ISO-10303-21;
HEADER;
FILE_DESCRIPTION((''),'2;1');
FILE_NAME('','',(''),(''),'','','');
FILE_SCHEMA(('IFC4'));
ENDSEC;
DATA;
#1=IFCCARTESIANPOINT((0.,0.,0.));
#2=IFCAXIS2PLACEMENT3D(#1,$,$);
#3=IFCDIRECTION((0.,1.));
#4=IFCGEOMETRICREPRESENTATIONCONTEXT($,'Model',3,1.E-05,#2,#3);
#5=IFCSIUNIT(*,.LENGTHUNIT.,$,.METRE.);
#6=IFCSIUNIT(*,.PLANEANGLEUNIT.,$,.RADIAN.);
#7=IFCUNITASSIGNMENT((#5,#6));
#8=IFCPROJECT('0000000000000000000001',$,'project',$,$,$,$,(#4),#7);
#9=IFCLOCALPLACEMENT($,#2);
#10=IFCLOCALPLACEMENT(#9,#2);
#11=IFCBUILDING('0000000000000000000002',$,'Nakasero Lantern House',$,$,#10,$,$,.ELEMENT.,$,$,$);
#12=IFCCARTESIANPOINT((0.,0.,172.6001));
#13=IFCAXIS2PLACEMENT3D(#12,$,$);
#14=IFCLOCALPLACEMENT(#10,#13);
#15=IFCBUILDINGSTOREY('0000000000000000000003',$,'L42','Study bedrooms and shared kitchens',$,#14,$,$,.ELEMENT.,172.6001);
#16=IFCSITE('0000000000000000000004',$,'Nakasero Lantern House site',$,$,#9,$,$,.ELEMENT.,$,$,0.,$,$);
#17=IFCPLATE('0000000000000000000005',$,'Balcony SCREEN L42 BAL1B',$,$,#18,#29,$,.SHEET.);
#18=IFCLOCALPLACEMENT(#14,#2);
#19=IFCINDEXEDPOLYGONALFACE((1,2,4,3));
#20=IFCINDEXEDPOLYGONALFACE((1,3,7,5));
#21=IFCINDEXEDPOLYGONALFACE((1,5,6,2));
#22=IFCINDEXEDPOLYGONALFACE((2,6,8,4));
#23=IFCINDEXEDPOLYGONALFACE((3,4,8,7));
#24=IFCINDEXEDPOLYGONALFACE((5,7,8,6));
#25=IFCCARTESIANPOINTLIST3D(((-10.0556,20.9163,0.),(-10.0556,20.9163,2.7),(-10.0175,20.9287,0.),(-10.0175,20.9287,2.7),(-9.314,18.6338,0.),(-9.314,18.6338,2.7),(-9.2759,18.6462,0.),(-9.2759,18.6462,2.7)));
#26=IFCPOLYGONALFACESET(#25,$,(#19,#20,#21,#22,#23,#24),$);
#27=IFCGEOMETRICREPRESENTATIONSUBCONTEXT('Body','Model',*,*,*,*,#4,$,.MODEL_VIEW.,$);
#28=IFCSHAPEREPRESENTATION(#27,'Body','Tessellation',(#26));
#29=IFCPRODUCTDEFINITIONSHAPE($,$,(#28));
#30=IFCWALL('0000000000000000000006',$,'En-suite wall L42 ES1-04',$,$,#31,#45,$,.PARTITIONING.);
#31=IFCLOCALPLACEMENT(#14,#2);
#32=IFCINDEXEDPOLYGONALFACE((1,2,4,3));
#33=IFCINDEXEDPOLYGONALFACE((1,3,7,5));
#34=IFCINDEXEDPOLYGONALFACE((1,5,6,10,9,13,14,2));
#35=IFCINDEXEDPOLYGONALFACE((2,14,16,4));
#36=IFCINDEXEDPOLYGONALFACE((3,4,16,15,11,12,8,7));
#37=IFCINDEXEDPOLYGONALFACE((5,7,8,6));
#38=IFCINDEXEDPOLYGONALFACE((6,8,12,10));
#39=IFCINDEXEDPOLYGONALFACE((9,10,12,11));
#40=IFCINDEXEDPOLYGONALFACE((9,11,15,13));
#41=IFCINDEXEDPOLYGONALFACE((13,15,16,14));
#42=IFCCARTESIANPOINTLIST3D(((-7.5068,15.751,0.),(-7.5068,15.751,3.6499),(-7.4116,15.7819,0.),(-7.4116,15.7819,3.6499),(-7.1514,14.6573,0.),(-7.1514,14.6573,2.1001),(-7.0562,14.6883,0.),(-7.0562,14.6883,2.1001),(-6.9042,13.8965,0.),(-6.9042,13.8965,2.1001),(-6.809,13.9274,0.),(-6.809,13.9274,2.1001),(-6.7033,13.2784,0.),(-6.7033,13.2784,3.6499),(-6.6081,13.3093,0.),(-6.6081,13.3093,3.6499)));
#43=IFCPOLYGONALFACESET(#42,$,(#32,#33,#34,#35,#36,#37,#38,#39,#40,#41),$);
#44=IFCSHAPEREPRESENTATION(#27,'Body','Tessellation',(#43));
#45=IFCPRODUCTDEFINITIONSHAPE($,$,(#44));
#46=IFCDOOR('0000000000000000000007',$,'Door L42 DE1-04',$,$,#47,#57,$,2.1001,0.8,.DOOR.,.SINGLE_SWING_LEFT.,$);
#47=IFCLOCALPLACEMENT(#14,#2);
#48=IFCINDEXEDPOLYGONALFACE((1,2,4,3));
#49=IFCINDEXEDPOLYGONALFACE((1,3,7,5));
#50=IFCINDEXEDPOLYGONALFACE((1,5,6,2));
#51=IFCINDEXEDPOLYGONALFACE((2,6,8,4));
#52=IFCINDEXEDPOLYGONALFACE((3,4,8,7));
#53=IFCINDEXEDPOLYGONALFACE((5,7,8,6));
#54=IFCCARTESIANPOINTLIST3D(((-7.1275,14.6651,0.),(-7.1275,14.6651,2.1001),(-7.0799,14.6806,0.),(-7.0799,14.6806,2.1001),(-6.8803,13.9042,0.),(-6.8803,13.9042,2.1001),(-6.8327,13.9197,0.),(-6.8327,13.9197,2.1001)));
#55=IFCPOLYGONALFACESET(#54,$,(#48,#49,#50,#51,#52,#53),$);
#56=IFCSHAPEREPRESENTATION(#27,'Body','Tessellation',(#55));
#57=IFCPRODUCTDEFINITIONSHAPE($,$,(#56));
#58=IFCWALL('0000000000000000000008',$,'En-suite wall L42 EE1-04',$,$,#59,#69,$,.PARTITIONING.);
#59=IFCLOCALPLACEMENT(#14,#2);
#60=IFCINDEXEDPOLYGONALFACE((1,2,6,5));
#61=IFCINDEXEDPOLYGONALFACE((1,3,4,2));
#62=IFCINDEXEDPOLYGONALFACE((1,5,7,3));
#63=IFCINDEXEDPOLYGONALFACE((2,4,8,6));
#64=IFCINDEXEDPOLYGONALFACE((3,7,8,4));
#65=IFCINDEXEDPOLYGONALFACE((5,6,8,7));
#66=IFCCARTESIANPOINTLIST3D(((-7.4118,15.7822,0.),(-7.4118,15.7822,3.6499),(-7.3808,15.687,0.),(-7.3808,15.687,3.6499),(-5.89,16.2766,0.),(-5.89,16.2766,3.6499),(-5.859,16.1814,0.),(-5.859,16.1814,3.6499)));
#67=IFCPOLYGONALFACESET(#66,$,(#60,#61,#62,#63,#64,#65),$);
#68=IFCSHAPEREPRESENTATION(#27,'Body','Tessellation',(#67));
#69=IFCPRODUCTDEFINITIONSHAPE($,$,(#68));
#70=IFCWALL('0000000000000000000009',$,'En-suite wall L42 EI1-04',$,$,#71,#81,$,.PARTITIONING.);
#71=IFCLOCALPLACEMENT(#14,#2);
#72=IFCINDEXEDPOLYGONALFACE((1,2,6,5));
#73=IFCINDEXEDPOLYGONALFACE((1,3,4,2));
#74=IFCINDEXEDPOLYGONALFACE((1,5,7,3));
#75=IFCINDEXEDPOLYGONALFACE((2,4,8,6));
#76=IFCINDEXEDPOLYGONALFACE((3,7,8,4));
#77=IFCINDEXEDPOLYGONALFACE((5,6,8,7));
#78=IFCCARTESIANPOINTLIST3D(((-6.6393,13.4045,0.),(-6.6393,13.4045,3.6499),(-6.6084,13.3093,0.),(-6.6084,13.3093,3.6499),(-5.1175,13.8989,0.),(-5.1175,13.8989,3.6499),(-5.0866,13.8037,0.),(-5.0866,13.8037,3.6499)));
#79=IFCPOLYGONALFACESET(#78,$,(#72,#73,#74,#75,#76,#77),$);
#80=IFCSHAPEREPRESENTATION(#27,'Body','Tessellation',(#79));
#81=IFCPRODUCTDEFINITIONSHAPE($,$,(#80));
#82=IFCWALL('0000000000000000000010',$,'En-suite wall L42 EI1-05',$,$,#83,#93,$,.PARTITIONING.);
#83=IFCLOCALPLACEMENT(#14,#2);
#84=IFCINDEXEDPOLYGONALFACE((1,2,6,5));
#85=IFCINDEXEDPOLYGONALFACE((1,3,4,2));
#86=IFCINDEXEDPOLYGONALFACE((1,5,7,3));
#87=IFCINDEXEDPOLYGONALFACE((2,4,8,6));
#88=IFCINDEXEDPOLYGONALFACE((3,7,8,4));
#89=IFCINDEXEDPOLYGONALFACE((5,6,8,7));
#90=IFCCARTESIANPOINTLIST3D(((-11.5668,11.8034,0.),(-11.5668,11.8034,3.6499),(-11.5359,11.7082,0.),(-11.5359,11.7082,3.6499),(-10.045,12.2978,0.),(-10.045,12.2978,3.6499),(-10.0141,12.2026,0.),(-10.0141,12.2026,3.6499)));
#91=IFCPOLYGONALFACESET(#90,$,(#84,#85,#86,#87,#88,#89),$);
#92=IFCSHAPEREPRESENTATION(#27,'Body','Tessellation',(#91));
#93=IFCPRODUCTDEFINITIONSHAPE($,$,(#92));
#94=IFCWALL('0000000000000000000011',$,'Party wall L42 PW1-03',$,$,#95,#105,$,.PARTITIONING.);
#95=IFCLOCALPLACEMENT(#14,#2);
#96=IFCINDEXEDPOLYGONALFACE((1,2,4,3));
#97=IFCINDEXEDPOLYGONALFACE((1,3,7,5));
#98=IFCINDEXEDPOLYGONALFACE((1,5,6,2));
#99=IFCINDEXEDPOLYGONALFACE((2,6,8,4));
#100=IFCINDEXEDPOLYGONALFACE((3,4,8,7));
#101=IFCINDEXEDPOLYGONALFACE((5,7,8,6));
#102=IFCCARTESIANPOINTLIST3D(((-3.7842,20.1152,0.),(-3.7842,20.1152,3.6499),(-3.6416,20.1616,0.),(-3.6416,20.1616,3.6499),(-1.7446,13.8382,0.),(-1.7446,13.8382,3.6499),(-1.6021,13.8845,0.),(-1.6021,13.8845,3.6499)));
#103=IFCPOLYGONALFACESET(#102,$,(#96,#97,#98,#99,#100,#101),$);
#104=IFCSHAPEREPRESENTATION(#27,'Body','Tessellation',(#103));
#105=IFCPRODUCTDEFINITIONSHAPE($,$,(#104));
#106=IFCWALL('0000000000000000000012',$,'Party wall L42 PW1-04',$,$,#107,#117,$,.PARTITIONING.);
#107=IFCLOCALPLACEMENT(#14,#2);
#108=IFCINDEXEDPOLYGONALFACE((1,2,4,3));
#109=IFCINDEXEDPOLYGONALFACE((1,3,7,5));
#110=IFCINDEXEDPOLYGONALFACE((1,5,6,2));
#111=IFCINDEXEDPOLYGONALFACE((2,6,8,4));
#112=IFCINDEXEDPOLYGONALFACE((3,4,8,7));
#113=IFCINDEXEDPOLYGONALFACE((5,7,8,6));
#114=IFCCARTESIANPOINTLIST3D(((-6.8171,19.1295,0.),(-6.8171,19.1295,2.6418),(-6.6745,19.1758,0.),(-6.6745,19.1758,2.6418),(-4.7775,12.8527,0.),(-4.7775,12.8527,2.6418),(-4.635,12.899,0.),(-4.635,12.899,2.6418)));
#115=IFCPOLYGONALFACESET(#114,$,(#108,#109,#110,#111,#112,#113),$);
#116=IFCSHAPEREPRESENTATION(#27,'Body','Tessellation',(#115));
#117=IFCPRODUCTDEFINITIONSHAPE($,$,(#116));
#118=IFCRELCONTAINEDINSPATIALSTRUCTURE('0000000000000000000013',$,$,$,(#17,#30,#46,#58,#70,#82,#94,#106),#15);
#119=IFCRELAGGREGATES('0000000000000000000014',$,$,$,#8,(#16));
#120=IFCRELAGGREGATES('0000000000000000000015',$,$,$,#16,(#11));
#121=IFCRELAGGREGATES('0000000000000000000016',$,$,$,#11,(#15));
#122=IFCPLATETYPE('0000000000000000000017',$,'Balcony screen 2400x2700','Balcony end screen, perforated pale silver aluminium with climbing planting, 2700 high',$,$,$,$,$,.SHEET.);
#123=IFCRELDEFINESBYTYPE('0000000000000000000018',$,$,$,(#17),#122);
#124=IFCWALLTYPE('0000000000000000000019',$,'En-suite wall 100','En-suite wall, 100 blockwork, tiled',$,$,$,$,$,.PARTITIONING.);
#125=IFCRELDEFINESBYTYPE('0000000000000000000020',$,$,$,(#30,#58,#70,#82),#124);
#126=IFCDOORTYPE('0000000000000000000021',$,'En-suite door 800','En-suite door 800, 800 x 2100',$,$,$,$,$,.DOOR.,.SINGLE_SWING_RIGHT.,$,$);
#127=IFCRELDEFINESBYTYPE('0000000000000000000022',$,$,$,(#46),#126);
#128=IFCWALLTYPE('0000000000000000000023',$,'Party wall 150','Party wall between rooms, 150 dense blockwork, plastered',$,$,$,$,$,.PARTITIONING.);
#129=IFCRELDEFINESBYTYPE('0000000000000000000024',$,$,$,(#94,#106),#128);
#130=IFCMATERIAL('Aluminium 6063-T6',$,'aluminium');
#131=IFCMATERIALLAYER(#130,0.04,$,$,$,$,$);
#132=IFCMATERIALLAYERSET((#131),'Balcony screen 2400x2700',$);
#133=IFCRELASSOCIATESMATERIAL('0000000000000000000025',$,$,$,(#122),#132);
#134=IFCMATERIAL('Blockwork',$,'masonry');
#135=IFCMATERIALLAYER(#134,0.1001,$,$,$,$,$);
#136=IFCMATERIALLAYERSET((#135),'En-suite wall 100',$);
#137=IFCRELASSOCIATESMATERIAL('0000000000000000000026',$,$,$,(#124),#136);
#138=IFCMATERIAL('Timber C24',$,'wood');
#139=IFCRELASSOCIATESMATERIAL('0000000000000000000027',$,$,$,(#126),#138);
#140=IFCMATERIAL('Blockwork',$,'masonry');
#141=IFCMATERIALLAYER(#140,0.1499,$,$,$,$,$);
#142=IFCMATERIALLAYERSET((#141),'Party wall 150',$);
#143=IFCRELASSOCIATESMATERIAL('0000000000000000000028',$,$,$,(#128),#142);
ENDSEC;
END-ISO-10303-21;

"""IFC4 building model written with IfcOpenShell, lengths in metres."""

from ifc_helpers import new_model, si_unit, direction, frame, frame_2d, origin, origin_2d, place, context, subcontext, project, spatial, rectangle, extrude, material, layer, layer_set, type_object, element, fill, save


model = new_model("IFC4")

# Units and contexts
model_context = context("Model", 3, precision=1e-05, world=origin(), true_north=direction((0.0, 1.0)))
body_context = subcontext(model_context, "Body", "Model", "MODEL_VIEW")
ifc_project = project(units=[si_unit("LENGTHUNIT", "METRE"), si_unit("PLANEANGLEUNIT", "RADIAN")], contexts=[model_context])

# Site, building, storey
site_placement = place(None, origin())
site = spatial("IfcSite", under=ifc_project, at=site_placement, Name="Nakasero Lantern House site", CompositionType="ELEMENT", RefElevation=0.0)
building_placement = place(site_placement, origin())
building = spatial("IfcBuilding", under=site, at=building_placement, Name="Nakasero Lantern House", CompositionType="ELEMENT")
storey_placement = place(building_placement, frame((0.0, 0.0, 172.6001)))
storey = spatial("IfcBuildingStorey", under=building, at=storey_placement, Name="L42", Description="Study bedrooms and shared kitchens", CompositionType="ELEMENT", Elevation=172.6001)

# Plate
ifc_material_1 = material(Name="Aluminium 6063-T6", Category="aluminium")
ifc_layer_1 = layer(ifc_material_1, 0.04)
ifc_layer_set_1 = layer_set([ifc_layer_1], Name="Balcony screen 2400x2700")
plate_type_1 = type_object("IfcPlateType", Name="Balcony screen 2400x2700", Description="Balcony end screen, perforated pale silver aluminium with climbing planting, 2700 high", PredefinedType="SHEET", material=ifc_layer_set_1)
for number, where, z_axis, x_axis, name in (
    (1, (-9.6658, 19.7812, 0.0), (0.0, 0.0, 1.0), (-0.309017, 0.951057, 0.0), "Balcony SCREEN L42 BAL1B"),
):
    element("IfcPlate", number, at=place(storey_placement, frame(where, z_axis=z_axis, x_axis=x_axis)), inside=storey, type_object=plate_type_1, Name=name, PredefinedType="SHEET", context=body_context, shape_type="SweptSolid", body=[
        extrude(rectangle(XDim=2.3999, YDim=0.04, at=origin_2d()), origin(), (0.0, 0.0, 1.0), 2.7),
    ])

# Wall, opening, door
ifc_material_2 = material(Name="Blockwork", Category="masonry")
ifc_layer_2 = layer(ifc_material_2, 0.1001)
ifc_layer_set_2 = layer_set([ifc_layer_2], Name="En-suite wall 100")
wall_type_1 = type_object("IfcWallType", Name="En-suite wall 100", Description="En-suite wall, 100 blockwork, tiled", PredefinedType="PARTITIONING", material=ifc_layer_set_2)
wall_1_placement = place(storey_placement, frame((-6.6558, 13.2939, 0.0), z_axis=(0.0, 0.0, 1.0), x_axis=(-0.309035, 0.951051, 0.0)))
wall_1 = element("IfcWall", 2, at=wall_1_placement, inside=storey, type_object=wall_type_1, Name="En-suite wall L42 ES1-04", PredefinedType="PARTITIONING", context=body_context, shape_type="SweptSolid", body=[
    extrude(rectangle(XDim=2.5999, YDim=0.1001, at=frame_2d((1.2998, 0.0))), origin(), (0.0, 0.0, 1.0), 3.6499),
])
opening_placement = place(wall_1_placement, frame((0.6499, 0.0, 0.0)))
opening = element("IfcOpeningElement", 3, at=opening_placement, cuts=wall_1, PredefinedType="OPENING", context=body_context, shape_type="SweptSolid", body=[
    extrude(rectangle(XDim=0.8, YDim=2.1001, at=frame_2d((0.3999, 1.05))), frame((0.0, 0.0701, 0.0), z_axis=(0.0, -1.0, 0.0), x_axis=(1.0, 0.0, 0.0)), (0.0, 0.0, 1.0), 0.1401),
])
ifc_material_3 = material(Name="Timber C24", Category="wood")
door_type = type_object("IfcDoorType", Name="En-suite door 800", Description="En-suite door 800, 800 x 2100", OperationType="SINGLE_SWING_RIGHT", PredefinedType="DOOR", material=ifc_material_3)
door_placement = place(opening_placement, origin())
door = element("IfcDoor", 4, at=door_placement, inside=storey, type_object=door_type, Name="Door L42 DE1-04", OperationType="SINGLE_SWING_LEFT", OverallHeight=2.1001, OverallWidth=0.8, PredefinedType="DOOR", context=body_context, shape_type="SweptSolid", body=[
    extrude(rectangle(XDim=0.8, YDim=2.1001, at=frame_2d((0.3999, 1.05))), frame((0.0, 0.0249, 0.0), z_axis=(0.0, -1.0, 0.0), x_axis=(1.0, 0.0, 0.0)), (0.0, 0.0, 1.0), 0.05),
])
fill(opening, door)

# Walls
for number, where, z_axis, x_axis, name in (
    (5, (-5.8745, 16.229, 0.0), (0.0, 0.0, 1.0), (-0.951067, -0.308986, 0.0), "En-suite wall L42 EE1-04"),
    (6, (-5.1021, 13.8513, 0.0), (0.0, 0.0, 1.0), (-0.951067, -0.308986, 0.0), "En-suite wall L42 EI1-04"),
    (7, (-10.0295, 12.2502, 0.0), (0.0, 0.0, 1.0), (-0.951067, -0.308986, 0.0), "En-suite wall L42 EI1-05"),
):
    element("IfcWall", number, at=place(storey_placement, frame(where, z_axis=z_axis, x_axis=x_axis)), inside=storey, type_object=wall_type_1, Name=name, PredefinedType="PARTITIONING", context=body_context, shape_type="SweptSolid", body=[
        extrude(rectangle(XDim=1.6001, YDim=0.1001, at=frame_2d((0.8, 0.0))), origin(), (0.0, 0.0, 1.0), 3.6499),
    ])
ifc_material_4 = material(Name="Blockwork", Category="masonry")
ifc_layer_3 = layer(ifc_material_4, 0.1499)
ifc_layer_set_3 = layer_set([ifc_layer_3], Name="Party wall 150")
wall_type_2 = type_object("IfcWallType", Name="Party wall 150", Description="Party wall between rooms, 150 dense blockwork, plastered", PredefinedType="PARTITIONING", material=ifc_layer_set_3)
wall_2_placement = place(storey_placement, frame((-1.6733, 13.8613, 0.0), z_axis=(0.0, 0.0, 1.0), x_axis=(-0.309017, 0.951057, 0.0)))
element("IfcWall", 8, at=wall_2_placement, inside=storey, type_object=wall_type_2, Name="Party wall L42 PW1-03", PredefinedType="PARTITIONING", context=body_context, shape_type="SweptSolid", body=[
    extrude(rectangle(XDim=6.6001, YDim=0.1499, at=frame_2d((3.3, 0.0))), origin(), (0.0, 0.0, 1.0), 3.6499),
])
wall_3_placement = place(storey_placement, frame((-4.7063, 12.876, 0.0), z_axis=(0.0, 0.0, 1.0), x_axis=(-0.309028, 0.951053, 0.0)))
element("IfcWall", 9, at=wall_3_placement, inside=storey, type_object=wall_type_2, Name="Party wall L42 PW1-04", PredefinedType="PARTITIONING", context=body_context, shape_type="SweptSolid", body=[
    extrude(rectangle(XDim=6.5999, YDim=0.1499, at=frame_2d((3.2998, 0.0))), origin(), (0.0, 0.0, 1.0), 2.6418),
])

save(model, "model.ifc")
